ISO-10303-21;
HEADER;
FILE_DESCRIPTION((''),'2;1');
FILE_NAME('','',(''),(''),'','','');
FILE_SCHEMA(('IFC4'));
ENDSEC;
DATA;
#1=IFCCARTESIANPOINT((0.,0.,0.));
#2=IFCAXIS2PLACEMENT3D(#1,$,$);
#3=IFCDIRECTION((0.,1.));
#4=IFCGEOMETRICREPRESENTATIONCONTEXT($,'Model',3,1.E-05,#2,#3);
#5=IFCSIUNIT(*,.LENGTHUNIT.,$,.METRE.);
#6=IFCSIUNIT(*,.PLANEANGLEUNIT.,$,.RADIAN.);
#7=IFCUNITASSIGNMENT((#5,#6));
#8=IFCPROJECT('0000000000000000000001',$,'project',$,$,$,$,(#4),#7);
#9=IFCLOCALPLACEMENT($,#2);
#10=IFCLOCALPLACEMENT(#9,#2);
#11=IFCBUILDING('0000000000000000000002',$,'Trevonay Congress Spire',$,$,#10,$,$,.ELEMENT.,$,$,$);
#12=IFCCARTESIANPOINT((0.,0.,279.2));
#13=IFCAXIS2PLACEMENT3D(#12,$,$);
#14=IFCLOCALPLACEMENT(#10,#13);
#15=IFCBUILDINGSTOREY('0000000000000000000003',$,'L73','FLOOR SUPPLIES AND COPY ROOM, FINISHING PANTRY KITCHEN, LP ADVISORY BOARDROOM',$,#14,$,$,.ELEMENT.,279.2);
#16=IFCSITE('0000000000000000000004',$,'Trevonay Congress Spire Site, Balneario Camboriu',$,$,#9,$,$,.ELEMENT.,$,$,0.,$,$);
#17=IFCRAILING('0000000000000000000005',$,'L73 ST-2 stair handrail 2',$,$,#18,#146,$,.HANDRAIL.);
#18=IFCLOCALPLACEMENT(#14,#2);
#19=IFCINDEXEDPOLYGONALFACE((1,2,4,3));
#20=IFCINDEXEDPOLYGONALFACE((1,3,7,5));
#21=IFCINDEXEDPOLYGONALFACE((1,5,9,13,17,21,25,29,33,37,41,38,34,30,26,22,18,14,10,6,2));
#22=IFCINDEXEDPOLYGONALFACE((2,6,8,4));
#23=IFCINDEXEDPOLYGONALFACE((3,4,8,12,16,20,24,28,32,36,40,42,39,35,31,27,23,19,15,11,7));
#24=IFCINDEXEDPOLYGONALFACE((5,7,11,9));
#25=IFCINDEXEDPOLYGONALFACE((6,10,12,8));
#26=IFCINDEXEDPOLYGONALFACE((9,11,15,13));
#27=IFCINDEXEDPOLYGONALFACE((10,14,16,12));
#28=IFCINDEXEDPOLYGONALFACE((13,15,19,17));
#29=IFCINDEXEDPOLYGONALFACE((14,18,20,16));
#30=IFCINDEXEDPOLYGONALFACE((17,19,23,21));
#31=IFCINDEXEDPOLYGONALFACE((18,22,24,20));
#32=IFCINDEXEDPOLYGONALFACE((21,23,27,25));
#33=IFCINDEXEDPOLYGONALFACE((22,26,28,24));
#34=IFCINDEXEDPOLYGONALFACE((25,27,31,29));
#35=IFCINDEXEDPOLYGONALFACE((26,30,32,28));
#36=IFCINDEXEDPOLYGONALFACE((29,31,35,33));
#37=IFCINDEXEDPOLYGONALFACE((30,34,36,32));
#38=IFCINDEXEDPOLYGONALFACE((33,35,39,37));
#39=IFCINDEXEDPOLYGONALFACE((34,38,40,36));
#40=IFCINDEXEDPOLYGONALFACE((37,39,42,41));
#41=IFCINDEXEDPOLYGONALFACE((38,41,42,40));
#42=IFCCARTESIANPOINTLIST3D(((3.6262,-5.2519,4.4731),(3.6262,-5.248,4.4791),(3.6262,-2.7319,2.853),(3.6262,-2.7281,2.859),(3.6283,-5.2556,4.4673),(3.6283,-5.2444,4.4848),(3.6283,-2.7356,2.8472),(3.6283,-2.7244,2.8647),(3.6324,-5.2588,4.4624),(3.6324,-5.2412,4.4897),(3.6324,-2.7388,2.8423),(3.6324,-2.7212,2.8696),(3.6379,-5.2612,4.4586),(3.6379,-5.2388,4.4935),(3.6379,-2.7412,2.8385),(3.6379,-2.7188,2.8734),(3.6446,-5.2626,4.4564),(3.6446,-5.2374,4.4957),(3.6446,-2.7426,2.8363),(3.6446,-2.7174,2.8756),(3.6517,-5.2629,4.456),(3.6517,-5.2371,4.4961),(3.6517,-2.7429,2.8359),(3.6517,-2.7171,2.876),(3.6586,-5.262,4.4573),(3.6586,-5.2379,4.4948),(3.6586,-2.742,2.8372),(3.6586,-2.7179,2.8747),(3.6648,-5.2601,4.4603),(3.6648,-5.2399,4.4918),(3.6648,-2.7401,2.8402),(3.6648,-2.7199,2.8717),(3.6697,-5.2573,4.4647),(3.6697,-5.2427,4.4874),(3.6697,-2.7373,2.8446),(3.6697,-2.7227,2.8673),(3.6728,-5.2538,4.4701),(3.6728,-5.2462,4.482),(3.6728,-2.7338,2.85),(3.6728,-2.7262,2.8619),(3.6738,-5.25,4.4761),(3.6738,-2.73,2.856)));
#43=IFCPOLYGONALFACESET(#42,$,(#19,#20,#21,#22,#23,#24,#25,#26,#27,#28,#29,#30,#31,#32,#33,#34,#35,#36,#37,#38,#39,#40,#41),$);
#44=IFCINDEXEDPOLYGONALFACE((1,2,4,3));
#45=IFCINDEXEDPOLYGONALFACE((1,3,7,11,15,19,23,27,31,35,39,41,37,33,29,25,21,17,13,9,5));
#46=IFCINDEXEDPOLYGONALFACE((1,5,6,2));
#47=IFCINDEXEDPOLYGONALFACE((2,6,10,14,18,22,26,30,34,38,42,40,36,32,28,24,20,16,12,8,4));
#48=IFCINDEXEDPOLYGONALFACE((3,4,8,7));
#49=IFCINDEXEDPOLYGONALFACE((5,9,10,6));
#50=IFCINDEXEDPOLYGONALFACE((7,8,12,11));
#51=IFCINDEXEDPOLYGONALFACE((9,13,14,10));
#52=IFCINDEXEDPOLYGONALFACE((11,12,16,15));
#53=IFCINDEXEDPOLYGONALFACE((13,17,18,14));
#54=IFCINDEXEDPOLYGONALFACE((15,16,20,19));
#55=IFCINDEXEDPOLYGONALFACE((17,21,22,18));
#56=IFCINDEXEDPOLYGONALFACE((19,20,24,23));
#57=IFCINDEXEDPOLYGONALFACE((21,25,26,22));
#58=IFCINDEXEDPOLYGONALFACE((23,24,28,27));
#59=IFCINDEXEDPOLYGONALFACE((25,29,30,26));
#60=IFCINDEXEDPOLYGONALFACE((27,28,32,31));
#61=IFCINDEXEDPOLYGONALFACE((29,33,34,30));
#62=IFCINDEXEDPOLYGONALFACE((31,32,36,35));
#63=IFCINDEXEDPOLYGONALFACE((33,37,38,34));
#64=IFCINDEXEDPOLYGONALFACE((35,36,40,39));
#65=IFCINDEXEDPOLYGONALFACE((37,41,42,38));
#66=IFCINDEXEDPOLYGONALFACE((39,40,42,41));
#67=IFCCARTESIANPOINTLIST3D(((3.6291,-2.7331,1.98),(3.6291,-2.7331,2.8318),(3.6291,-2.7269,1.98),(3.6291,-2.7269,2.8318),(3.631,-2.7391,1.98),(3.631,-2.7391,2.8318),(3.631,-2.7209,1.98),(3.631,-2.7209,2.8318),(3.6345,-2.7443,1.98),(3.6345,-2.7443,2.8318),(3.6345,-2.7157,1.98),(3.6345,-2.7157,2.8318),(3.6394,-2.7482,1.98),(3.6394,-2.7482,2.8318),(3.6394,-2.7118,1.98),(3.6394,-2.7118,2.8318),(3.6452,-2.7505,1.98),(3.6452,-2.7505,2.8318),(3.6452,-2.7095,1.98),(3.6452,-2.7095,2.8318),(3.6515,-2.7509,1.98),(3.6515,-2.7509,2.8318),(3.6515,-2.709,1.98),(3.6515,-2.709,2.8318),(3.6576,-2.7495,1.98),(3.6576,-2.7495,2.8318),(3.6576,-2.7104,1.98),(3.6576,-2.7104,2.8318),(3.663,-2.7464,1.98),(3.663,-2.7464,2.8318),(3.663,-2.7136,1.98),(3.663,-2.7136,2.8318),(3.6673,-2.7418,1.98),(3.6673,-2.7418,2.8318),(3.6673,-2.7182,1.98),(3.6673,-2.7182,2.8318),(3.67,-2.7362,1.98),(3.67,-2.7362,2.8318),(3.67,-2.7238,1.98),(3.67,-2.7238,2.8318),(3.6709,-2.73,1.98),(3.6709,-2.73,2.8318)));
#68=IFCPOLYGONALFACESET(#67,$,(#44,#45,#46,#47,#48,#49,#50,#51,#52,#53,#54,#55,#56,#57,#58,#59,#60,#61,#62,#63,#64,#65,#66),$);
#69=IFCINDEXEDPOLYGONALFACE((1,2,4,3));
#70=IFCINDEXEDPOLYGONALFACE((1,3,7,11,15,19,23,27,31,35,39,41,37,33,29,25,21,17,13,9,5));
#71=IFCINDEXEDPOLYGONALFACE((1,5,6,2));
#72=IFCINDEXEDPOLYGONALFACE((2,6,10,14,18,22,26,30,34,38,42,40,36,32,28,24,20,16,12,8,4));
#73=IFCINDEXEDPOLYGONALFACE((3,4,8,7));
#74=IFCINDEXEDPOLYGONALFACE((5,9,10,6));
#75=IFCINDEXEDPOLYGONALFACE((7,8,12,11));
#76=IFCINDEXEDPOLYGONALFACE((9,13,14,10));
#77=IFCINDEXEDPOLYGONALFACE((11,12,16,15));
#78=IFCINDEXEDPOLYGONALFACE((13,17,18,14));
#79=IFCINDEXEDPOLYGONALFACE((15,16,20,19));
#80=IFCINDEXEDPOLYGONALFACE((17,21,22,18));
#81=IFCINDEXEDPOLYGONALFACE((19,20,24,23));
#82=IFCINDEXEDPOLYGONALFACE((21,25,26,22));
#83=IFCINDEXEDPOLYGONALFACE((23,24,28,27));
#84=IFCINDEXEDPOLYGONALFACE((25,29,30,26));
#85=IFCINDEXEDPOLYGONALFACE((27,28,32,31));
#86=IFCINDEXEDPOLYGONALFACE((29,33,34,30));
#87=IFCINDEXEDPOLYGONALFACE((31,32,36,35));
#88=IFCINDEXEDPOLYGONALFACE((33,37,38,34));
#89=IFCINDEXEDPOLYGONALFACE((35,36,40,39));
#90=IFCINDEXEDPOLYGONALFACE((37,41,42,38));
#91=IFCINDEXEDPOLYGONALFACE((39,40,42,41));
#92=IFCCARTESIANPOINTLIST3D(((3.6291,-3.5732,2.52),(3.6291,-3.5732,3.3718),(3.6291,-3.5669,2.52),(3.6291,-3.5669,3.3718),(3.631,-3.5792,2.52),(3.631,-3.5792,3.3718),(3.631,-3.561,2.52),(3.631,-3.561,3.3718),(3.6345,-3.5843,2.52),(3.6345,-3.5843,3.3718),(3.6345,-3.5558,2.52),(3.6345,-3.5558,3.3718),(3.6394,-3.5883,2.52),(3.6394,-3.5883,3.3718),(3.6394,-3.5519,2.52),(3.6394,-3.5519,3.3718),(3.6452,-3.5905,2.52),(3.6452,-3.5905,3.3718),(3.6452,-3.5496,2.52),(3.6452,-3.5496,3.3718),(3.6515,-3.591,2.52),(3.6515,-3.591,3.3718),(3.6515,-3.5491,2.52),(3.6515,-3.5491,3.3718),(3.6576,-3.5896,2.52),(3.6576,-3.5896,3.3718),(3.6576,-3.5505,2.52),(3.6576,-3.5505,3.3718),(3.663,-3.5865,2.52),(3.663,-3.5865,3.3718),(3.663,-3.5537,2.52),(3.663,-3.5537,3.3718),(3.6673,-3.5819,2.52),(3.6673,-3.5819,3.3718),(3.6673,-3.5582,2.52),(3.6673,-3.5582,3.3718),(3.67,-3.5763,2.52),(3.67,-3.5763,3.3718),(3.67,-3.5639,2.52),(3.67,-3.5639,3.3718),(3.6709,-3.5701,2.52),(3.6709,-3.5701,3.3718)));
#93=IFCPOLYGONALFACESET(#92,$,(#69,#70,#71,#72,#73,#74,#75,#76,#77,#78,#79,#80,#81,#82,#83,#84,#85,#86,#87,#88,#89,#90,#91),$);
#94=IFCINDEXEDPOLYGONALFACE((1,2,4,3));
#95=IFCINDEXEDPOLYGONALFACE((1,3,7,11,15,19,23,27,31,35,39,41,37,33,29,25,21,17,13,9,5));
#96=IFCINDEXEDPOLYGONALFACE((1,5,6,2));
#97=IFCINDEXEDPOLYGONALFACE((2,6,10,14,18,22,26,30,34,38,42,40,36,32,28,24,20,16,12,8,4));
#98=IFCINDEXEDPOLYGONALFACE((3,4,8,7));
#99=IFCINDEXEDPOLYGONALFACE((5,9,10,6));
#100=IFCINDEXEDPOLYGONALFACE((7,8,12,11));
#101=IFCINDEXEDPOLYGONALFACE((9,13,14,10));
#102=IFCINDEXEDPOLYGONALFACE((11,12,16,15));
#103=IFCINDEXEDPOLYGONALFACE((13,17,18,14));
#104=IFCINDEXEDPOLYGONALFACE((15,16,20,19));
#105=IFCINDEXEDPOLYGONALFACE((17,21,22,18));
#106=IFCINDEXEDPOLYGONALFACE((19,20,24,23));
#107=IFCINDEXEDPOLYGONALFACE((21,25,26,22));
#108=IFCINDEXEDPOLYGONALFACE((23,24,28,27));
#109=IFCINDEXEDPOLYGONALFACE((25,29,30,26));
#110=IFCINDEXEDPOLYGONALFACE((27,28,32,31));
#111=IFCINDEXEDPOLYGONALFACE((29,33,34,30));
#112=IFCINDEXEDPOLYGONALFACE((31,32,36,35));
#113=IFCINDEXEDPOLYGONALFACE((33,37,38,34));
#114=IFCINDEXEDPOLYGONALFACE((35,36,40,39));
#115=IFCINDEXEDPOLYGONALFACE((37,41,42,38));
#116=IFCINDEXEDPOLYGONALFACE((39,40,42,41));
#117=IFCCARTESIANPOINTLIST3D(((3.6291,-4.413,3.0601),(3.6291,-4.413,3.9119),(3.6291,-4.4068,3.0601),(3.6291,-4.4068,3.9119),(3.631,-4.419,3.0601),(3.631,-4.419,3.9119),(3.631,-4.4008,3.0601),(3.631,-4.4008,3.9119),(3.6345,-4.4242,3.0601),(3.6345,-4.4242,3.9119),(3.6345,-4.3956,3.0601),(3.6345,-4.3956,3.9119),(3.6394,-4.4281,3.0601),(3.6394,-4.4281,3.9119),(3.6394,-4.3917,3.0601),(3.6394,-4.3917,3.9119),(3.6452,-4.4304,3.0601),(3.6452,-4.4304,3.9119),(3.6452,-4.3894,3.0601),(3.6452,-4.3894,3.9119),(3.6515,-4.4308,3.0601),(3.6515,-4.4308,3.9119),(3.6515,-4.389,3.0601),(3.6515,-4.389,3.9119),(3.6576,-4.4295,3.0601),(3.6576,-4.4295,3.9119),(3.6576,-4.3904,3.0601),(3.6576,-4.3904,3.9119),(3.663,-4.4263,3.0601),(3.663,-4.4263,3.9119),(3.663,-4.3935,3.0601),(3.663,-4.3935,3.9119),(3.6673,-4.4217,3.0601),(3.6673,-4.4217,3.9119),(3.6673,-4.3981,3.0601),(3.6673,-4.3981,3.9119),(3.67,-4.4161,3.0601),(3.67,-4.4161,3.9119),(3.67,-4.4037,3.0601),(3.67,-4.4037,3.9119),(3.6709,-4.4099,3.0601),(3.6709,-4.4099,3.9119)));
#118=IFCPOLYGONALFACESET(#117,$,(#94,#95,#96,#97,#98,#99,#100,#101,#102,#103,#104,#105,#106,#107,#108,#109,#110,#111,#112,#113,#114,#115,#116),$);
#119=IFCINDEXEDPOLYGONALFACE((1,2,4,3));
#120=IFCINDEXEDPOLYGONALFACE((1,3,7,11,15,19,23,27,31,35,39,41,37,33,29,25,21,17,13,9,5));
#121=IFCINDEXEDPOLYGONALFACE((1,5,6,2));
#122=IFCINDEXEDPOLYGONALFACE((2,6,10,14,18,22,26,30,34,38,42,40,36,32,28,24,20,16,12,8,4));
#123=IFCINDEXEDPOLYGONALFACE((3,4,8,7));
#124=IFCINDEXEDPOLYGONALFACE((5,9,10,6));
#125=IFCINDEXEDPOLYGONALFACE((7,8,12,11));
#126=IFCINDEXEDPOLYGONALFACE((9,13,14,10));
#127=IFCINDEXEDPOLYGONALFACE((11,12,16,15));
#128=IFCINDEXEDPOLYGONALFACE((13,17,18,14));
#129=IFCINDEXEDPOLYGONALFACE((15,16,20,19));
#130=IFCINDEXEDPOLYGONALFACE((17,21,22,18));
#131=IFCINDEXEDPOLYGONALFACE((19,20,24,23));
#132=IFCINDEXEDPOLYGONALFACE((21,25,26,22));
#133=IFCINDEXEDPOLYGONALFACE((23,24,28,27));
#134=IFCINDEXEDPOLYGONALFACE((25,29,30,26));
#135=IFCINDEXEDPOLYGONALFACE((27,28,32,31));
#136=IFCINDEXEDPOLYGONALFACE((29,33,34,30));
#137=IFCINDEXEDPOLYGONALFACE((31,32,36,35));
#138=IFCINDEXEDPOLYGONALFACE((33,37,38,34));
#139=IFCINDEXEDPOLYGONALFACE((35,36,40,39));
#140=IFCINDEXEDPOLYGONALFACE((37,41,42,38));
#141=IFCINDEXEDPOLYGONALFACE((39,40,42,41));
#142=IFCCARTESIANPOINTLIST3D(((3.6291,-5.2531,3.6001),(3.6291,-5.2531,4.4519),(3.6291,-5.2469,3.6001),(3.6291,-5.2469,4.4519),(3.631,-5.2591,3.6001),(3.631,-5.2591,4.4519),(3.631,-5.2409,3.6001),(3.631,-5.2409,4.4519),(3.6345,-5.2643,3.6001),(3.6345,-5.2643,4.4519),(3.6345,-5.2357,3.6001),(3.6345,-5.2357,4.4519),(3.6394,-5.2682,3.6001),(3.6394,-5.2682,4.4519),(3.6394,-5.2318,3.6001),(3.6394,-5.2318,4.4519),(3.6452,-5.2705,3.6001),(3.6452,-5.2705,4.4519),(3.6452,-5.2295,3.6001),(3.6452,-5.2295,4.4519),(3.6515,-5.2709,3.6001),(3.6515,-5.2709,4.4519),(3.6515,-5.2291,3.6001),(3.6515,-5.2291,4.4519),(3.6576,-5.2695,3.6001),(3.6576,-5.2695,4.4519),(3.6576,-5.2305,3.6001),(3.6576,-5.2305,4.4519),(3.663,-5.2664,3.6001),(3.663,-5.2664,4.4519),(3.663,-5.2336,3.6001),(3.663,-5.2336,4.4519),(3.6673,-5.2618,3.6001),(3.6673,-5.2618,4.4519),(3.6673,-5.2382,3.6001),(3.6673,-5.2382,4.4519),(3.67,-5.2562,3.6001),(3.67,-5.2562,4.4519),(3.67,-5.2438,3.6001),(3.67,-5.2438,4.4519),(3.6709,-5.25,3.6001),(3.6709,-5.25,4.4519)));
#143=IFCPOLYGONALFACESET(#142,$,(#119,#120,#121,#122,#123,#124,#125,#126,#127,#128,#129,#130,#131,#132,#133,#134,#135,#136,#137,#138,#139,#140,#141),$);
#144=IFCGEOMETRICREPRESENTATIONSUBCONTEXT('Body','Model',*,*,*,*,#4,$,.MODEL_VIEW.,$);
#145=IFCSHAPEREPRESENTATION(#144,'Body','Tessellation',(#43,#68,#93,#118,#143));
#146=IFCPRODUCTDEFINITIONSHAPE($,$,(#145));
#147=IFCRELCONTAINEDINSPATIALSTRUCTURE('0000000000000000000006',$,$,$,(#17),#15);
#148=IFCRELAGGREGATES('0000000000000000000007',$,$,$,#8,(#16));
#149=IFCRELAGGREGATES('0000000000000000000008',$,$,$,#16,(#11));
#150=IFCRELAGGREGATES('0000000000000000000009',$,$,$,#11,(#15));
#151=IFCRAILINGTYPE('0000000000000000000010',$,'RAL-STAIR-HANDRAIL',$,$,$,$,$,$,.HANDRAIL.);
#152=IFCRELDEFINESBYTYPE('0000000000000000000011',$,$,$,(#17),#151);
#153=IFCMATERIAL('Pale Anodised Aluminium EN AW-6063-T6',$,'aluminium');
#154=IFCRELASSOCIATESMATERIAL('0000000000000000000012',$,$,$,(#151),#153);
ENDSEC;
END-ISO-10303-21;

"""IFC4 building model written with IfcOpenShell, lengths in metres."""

from ifc_helpers import new_model, si_unit, direction, frame, origin, origin_2d, place, context, subcontext, project, spatial, circle, extrude, material, type_object, element, save


model = new_model("IFC4")

# Units and contexts
model_context = context("Model", 3, precision=1e-05, world=origin(), true_north=direction((0.0, 1.0)))
body_context = subcontext(model_context, "Body", "Model", "MODEL_VIEW")
ifc_project = project(units=[si_unit("LENGTHUNIT", "METRE"), si_unit("PLANEANGLEUNIT", "RADIAN")], contexts=[model_context])

# Site, building, storey
site_placement = place(None, origin())
site = spatial("IfcSite", under=ifc_project, at=site_placement, Name="Trevonay Congress Spire Site, Balneario Camboriu", CompositionType="ELEMENT", RefElevation=0.0)
building_placement = place(site_placement, origin())
building = spatial("IfcBuilding", under=site, at=building_placement, Name="Trevonay Congress Spire", CompositionType="ELEMENT")
storey_placement = place(building_placement, frame((0.0, 0.0, 279.2)))
storey = spatial("IfcBuildingStorey", under=building, at=storey_placement, Name="L73", Description="FLOOR SUPPLIES AND COPY ROOM, FINISHING PANTRY KITCHEN, LP ADVISORY BOARDROOM", CompositionType="ELEMENT", Elevation=279.2)

# Shared definitions
ifc_material_1 = material(Name="Pale Anodised Aluminium EN AW-6063-T6", Category="aluminium")

# Railing
railing_type_1 = type_object("IfcRailingType", Name="RAL-STAIR-HANDRAIL", PredefinedType="HANDRAIL", material=ifc_material_1)
railing_1_placement = place(storey_placement, frame((3.6499, -2.73, 1.98)))
element("IfcRailing", 1, at=railing_1_placement, inside=storey, type_object=railing_type_1, Name="L73 ST-2 stair handrail 2", PredefinedType="HANDRAIL", context=body_context, shape_type="SweptSolid", body=[
    extrude(circle(Radius=0.0239, at=origin_2d()), frame((0.0, 0.0, 0.876), z_axis=(0.0, -0.841163, 0.540782), x_axis=(1.0, 0.0, 0.0)), (0.0, 0.0, 1.0), 2.9958),
    extrude(circle(Radius=0.021, at=origin_2d()), origin(), (0.0, 0.0, 1.0), 0.8518),
    extrude(circle(Radius=0.021, at=origin_2d()), frame((0.0, -0.8401, 0.54)), (0.0, 0.0, 1.0), 0.8518),
    extrude(circle(Radius=0.021, at=origin_2d()), frame((0.0, -1.6799, 1.0801)), (0.0, 0.0, 1.0), 0.8518),
    extrude(circle(Radius=0.021, at=origin_2d()), frame((0.0, -2.52, 1.6201)), (0.0, 0.0, 1.0), 0.8518),
])

save(model, "model.ifc")
